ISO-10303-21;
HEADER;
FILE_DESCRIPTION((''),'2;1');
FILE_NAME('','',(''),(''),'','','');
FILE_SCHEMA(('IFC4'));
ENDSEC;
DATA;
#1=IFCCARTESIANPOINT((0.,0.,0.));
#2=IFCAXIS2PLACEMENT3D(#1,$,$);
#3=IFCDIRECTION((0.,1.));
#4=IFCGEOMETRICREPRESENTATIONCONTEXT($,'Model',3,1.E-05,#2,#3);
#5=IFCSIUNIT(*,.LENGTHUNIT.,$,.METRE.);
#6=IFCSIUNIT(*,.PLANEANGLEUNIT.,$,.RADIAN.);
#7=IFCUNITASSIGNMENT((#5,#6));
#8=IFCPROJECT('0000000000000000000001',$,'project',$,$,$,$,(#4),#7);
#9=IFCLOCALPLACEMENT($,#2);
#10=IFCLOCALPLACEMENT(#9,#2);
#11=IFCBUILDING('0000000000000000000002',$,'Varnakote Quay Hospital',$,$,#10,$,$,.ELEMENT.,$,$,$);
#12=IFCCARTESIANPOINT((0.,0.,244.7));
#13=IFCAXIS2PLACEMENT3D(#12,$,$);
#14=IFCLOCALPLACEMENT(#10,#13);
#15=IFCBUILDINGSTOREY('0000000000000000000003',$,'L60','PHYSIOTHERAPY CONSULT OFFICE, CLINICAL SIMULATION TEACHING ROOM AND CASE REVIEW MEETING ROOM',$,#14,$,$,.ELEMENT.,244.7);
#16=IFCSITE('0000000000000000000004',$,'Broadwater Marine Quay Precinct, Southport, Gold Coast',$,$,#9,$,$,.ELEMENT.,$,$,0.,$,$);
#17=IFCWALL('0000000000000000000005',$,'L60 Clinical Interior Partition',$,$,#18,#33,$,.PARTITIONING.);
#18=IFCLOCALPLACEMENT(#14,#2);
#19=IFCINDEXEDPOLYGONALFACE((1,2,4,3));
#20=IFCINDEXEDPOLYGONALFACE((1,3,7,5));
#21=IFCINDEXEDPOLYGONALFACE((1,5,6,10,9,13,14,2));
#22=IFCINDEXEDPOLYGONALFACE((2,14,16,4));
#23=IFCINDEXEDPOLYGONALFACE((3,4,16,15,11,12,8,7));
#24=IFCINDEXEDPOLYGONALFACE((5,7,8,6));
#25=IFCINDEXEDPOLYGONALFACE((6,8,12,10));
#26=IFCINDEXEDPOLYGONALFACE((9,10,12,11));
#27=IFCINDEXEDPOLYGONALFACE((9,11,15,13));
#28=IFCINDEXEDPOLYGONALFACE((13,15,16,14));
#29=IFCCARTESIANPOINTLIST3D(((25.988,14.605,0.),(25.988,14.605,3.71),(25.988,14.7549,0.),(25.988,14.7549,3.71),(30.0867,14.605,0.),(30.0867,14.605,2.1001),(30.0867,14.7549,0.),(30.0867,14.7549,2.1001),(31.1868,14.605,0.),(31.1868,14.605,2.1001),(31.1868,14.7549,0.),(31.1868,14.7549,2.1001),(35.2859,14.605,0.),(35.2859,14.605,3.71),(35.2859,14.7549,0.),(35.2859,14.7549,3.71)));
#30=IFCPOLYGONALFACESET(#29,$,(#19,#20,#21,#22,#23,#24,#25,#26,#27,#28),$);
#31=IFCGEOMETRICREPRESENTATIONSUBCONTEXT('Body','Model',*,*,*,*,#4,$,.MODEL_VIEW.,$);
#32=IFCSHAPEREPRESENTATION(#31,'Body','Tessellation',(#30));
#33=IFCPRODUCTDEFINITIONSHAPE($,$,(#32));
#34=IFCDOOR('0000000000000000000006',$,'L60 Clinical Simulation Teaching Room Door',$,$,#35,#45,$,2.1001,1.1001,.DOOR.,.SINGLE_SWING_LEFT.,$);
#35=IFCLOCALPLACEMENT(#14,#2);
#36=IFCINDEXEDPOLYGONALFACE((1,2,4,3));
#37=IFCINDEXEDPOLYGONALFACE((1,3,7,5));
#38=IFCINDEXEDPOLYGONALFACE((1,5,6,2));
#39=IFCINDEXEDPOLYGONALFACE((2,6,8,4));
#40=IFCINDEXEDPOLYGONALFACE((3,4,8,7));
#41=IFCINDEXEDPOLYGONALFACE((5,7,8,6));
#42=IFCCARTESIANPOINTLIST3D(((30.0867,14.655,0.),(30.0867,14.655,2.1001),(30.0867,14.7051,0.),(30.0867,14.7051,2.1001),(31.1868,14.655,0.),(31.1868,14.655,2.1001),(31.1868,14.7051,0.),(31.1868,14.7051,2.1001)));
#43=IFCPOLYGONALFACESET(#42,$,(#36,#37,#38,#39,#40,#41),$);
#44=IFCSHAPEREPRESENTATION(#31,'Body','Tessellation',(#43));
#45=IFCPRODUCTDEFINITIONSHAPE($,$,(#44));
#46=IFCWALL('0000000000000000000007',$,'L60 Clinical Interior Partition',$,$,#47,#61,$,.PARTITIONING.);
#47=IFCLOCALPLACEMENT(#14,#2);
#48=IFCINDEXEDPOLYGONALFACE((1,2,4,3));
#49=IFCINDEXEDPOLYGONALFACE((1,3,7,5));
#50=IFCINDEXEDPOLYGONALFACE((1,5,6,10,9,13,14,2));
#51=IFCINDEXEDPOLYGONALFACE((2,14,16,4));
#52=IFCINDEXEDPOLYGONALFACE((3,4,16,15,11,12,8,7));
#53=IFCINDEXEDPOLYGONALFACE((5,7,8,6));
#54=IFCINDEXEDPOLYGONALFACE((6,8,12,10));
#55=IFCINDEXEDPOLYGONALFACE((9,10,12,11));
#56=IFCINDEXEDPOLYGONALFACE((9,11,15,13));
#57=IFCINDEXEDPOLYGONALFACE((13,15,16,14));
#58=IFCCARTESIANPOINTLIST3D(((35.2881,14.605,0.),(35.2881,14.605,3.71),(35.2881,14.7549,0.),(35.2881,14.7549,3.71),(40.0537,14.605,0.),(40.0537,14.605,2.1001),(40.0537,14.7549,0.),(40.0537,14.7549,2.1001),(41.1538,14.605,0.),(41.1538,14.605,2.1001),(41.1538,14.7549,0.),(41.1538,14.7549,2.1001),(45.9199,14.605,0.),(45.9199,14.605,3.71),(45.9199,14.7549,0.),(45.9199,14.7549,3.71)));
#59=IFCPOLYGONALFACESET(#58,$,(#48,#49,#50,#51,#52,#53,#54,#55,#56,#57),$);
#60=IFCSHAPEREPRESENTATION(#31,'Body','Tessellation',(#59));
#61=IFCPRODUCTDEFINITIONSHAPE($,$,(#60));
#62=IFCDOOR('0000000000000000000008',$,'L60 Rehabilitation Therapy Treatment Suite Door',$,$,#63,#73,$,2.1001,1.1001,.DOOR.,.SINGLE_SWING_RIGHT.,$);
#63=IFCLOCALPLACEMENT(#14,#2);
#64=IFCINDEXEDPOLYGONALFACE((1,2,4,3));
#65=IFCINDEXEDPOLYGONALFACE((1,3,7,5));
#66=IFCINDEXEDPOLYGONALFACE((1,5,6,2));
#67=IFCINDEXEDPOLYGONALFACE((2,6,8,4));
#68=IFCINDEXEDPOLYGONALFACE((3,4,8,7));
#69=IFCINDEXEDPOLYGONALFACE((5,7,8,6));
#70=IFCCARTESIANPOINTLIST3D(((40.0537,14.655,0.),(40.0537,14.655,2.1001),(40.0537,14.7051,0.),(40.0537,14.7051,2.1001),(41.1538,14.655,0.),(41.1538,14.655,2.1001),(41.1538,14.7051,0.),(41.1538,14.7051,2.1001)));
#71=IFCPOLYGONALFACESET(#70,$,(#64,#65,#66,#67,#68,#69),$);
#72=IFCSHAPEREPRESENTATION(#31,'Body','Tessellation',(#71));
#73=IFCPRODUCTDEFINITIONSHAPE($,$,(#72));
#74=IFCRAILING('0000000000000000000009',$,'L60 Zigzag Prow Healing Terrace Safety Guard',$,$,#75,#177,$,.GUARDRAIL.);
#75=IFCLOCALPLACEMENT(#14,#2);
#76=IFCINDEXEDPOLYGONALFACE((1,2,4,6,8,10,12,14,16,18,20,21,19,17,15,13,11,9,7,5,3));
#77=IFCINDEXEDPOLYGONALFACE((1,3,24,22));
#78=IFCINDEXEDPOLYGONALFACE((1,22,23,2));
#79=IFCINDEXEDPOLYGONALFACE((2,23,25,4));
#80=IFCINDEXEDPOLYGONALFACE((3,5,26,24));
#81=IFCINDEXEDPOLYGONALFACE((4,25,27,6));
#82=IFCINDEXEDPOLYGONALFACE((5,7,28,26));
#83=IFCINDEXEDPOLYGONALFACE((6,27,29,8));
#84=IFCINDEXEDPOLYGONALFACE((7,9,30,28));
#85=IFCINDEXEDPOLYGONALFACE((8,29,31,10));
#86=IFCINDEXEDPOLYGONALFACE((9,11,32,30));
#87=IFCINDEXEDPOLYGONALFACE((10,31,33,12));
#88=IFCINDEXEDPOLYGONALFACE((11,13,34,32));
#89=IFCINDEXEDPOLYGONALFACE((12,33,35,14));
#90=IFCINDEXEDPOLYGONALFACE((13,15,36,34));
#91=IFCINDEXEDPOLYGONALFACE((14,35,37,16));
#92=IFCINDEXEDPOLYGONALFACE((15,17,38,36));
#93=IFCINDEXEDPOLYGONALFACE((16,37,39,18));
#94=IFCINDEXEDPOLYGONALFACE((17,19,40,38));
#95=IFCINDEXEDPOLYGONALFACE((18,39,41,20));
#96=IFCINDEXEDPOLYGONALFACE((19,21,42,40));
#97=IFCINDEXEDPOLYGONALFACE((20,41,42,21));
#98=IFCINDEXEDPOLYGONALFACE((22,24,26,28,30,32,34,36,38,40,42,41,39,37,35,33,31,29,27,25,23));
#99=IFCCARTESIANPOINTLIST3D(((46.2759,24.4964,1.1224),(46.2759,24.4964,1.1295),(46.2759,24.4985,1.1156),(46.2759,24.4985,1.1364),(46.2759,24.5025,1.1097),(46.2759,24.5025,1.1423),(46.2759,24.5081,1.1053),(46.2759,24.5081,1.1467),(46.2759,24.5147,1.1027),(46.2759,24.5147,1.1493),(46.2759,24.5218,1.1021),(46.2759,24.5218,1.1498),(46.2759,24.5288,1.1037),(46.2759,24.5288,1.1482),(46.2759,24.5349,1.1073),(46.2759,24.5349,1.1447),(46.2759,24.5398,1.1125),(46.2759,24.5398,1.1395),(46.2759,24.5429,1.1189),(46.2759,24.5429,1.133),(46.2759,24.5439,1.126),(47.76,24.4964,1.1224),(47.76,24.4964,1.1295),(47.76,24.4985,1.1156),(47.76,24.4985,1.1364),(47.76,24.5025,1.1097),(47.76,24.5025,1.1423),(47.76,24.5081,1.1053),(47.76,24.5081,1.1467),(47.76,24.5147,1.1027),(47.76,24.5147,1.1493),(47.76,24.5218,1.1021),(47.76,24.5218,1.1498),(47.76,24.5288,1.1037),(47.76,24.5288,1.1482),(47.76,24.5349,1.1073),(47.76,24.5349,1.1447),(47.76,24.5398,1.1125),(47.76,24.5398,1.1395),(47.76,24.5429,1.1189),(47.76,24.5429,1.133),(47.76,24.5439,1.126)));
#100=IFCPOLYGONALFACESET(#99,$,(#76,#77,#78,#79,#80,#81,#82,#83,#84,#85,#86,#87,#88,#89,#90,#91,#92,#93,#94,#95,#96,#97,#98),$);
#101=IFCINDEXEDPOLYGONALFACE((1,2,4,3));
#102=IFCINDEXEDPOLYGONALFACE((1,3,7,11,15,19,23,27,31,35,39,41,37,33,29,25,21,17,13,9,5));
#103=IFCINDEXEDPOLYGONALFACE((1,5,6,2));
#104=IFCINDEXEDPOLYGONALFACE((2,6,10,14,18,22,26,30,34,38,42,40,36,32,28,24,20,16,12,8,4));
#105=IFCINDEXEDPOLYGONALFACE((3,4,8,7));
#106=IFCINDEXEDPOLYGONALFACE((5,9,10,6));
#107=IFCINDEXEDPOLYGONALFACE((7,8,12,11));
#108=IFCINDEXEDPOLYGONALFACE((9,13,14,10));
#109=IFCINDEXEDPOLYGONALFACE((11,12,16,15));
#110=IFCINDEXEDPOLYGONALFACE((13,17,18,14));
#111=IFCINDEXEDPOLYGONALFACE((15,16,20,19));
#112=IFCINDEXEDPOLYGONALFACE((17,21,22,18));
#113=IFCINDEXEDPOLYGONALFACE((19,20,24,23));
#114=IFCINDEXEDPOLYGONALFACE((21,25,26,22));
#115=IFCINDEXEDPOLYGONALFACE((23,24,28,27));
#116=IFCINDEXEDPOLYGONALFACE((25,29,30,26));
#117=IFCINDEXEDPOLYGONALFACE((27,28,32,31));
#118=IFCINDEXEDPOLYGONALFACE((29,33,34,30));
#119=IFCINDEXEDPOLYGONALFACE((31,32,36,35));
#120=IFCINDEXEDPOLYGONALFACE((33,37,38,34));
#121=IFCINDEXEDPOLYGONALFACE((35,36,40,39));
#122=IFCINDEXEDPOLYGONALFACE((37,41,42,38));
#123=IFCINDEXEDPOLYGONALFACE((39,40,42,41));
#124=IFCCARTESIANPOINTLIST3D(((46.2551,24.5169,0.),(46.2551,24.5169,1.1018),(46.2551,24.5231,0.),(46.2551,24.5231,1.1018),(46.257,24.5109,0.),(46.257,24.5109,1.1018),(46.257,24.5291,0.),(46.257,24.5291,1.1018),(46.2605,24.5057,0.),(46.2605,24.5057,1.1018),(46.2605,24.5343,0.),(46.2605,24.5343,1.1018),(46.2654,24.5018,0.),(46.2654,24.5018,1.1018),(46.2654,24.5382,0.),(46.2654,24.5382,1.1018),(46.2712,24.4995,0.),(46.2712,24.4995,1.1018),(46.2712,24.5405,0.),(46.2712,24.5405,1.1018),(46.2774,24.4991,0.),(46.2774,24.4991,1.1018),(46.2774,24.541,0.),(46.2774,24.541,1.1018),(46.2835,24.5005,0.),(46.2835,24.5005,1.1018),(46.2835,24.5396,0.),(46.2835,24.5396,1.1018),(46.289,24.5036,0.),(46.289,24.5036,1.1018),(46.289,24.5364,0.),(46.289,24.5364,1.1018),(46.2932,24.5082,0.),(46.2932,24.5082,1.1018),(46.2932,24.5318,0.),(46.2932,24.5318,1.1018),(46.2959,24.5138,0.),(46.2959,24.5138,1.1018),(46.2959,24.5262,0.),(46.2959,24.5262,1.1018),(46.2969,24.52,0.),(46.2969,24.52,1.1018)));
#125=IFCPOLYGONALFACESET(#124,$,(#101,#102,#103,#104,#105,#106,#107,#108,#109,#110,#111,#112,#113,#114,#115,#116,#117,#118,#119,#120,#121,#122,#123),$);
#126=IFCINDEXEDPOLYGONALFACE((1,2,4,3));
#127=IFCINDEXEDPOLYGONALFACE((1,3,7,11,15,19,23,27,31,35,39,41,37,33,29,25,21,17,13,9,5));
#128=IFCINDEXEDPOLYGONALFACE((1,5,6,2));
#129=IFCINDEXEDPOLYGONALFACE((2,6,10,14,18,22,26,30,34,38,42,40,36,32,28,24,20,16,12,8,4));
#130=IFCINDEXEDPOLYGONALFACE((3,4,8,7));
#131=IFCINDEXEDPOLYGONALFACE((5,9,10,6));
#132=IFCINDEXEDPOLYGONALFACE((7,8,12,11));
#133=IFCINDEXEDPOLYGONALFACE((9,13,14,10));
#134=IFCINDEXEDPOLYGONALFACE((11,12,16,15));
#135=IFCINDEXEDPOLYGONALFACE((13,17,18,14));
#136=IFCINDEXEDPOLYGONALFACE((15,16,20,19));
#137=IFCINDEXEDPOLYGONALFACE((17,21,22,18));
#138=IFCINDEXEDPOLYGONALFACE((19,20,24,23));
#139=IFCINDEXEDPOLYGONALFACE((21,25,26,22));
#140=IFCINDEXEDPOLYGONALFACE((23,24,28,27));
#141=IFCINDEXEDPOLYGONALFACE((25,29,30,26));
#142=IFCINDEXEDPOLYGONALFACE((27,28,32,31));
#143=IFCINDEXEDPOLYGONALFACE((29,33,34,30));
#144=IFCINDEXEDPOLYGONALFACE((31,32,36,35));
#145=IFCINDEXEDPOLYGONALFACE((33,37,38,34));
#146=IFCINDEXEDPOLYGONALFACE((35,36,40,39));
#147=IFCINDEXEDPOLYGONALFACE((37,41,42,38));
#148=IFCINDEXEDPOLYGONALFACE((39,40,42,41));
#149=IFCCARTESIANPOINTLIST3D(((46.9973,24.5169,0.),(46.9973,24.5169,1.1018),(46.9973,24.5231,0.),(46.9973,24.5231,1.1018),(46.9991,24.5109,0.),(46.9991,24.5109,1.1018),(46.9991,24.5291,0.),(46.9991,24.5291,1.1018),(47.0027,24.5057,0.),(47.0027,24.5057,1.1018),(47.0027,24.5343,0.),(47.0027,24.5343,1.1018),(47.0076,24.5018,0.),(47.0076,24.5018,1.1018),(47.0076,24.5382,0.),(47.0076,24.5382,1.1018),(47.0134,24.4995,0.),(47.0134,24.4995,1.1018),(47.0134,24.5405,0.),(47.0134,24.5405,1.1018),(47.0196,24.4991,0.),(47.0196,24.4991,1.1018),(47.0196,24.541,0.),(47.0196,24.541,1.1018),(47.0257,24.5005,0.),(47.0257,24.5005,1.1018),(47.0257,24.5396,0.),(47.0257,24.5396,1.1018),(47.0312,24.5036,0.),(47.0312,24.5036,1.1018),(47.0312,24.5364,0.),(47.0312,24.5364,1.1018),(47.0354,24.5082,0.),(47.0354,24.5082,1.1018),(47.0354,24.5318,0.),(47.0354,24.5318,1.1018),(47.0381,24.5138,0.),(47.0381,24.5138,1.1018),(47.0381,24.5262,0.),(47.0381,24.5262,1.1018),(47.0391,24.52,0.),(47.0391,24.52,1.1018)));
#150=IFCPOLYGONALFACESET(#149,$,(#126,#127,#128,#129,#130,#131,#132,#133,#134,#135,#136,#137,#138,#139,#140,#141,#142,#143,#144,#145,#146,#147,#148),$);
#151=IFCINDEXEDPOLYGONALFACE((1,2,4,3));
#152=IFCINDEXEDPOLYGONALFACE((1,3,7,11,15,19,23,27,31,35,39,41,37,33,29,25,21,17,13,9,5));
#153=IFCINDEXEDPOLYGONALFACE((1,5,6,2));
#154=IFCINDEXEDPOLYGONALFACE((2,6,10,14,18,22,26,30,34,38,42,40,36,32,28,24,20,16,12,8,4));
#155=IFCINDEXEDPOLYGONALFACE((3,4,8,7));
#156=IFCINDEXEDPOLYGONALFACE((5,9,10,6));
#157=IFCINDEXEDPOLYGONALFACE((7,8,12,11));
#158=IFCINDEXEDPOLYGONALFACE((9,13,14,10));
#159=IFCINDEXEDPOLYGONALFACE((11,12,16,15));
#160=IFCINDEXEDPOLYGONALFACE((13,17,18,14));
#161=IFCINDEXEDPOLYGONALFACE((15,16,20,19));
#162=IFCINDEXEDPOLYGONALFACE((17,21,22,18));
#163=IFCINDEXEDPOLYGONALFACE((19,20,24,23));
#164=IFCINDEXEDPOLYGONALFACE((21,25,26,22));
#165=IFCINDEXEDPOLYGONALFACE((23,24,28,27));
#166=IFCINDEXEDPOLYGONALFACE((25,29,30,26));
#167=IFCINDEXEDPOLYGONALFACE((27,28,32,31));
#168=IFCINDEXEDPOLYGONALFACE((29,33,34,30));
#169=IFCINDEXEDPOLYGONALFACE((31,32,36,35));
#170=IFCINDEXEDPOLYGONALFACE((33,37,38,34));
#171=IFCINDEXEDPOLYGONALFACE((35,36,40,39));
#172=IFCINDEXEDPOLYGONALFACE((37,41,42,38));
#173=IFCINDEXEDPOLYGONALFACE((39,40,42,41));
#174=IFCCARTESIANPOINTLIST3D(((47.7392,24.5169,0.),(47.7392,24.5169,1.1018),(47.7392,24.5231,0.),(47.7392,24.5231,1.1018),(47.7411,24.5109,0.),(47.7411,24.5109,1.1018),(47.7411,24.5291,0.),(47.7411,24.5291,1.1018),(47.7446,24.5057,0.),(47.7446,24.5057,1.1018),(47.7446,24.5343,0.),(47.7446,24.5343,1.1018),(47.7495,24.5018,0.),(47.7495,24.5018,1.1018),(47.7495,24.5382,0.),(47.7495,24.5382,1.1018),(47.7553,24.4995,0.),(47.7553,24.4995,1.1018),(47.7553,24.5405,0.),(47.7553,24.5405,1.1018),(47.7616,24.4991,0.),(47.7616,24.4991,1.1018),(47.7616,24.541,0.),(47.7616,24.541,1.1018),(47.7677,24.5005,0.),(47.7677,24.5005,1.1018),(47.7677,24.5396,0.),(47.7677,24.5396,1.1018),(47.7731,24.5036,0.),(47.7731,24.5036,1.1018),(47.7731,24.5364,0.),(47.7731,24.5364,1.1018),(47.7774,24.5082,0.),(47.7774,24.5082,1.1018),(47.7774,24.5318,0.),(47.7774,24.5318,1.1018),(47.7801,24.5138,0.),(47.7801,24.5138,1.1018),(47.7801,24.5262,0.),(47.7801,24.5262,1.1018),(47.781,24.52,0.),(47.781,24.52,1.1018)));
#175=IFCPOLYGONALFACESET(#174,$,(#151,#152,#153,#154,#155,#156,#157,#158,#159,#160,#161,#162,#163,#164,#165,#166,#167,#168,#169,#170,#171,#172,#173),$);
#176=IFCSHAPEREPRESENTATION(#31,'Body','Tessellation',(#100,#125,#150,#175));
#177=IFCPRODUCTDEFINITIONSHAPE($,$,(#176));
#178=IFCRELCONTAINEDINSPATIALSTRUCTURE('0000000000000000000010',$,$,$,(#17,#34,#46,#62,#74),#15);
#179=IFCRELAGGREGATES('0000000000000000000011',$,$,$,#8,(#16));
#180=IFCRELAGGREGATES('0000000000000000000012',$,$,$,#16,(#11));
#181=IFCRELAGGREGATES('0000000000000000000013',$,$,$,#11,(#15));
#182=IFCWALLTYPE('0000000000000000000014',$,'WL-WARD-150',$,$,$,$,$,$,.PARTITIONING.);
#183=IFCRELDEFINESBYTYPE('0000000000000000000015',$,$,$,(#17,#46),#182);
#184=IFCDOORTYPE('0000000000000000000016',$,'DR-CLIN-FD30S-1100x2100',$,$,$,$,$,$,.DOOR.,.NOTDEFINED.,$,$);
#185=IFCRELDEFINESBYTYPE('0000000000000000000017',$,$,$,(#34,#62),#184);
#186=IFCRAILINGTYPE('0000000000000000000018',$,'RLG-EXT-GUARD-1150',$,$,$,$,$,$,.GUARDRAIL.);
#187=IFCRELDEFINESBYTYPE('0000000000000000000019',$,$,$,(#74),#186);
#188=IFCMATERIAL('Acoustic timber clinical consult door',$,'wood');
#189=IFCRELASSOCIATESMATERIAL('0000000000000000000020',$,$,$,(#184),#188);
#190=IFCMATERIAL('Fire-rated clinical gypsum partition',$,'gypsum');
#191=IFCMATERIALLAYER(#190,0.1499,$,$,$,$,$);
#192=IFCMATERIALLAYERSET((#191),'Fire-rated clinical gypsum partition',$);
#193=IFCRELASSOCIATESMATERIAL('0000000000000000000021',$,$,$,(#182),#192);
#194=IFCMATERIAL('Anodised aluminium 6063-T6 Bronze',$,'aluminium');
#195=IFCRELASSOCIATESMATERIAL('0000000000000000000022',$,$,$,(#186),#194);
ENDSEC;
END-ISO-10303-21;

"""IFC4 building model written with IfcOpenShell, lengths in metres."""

from ifc_helpers import new_model, si_unit, direction, frame, frame_2d, origin, origin_2d, place, context, subcontext, project, spatial, rectangle, circle, extrude, material, layer, layer_set, type_object, element, fill, save


model = new_model("IFC4")

# Units and contexts
model_context = context("Model", 3, precision=1e-05, world=origin(), true_north=direction((0.0, 1.0)))
body_context = subcontext(model_context, "Body", "Model", "MODEL_VIEW")
ifc_project = project(units=[si_unit("LENGTHUNIT", "METRE"), si_unit("PLANEANGLEUNIT", "RADIAN")], contexts=[model_context])

# Site, building, storey
site_placement = place(None, origin())
site = spatial("IfcSite", under=ifc_project, at=site_placement, Name="Broadwater Marine Quay Precinct, Southport, Gold Coast", CompositionType="ELEMENT", RefElevation=0.0)
building_placement = place(site_placement, origin())
building = spatial("IfcBuilding", under=site, at=building_placement, Name="Varnakote Quay Hospital", CompositionType="ELEMENT")
storey_placement = place(building_placement, frame((0.0, 0.0, 244.7)))
storey = spatial("IfcBuildingStorey", under=building, at=storey_placement, Name="L60", Description="PHYSIOTHERAPY CONSULT OFFICE, CLINICAL SIMULATION TEACHING ROOM AND CASE REVIEW MEETING ROOM", CompositionType="ELEMENT", Elevation=244.7)

# Shared definitions
ifc_material_1 = material(Name="Acoustic timber clinical consult door", Category="wood")
door_type = type_object("IfcDoorType", Name="DR-CLIN-FD30S-1100x2100", OperationType="NOTDEFINED", PredefinedType="DOOR", material=ifc_material_1)

# Walls, openings, doors
ifc_material_2 = material(Name="Fire-rated clinical gypsum partition", Category="gypsum")
ifc_layer_1 = layer(ifc_material_2, 0.1499)
ifc_layer_set_1 = layer_set([ifc_layer_1], Name="Fire-rated clinical gypsum partition")
wall_type_1 = type_object("IfcWallType", Name="WL-WARD-150", PredefinedType="PARTITIONING", material=ifc_layer_set_1)
wall_1_placement = place(storey_placement, frame((35.2859, 14.6799, 0.0), z_axis=(0.0, 0.0, 1.0), x_axis=(-1.0, 0.0, 0.0)))
wall_1 = element("IfcWall", 1, at=wall_1_placement, inside=storey, type_object=wall_type_1, Name="L60 Clinical Interior Partition", PredefinedType="PARTITIONING", context=body_context, shape_type="SweptSolid", body=[
    extrude(rectangle(XDim=9.2979, YDim=0.1499, at=frame_2d((4.6489, 0.0))), origin(), (0.0, 0.0, 1.0), 3.71),
])
opening_1_placement = place(wall_1_placement, frame((4.0991, 0.0, 0.0)))
opening_1 = element("IfcOpeningElement", 2, at=opening_1_placement, cuts=wall_1, PredefinedType="OPENING", context=body_context, shape_type="SweptSolid", body=[
    extrude(rectangle(XDim=1.1001, YDim=2.1001, at=frame_2d((0.55, 1.05))), frame((0.0, 0.085, 0.0), z_axis=(0.0, -1.0, 0.0), x_axis=(1.0, 0.0, 0.0)), (0.0, 0.0, 1.0), 0.1699),
])
door_1_placement = place(opening_1_placement, origin())
door_1 = element("IfcDoor", 3, at=door_1_placement, inside=storey, type_object=door_type, Name="L60 Clinical Simulation Teaching Room Door", OperationType="SINGLE_SWING_LEFT", OverallHeight=2.1001, OverallWidth=1.1001, PredefinedType="DOOR", context=body_context, shape_type="SweptSolid", body=[
    extrude(rectangle(XDim=1.1001, YDim=2.1001, at=frame_2d((0.55, 1.05))), frame((0.0, 0.0249, 0.0), z_axis=(0.0, -1.0, 0.0), x_axis=(1.0, 0.0, 0.0)), (0.0, 0.0, 1.0), 0.05),
])
fill(opening_1, door_1)
wall_2_placement = place(storey_placement, frame((45.9199, 14.6799, 0.0), z_axis=(0.0, 0.0, 1.0), x_axis=(-1.0, 0.0, 0.0)))
wall_2 = element("IfcWall", 4, at=wall_2_placement, inside=storey, type_object=wall_type_1, Name="L60 Clinical Interior Partition", PredefinedType="PARTITIONING", context=body_context, shape_type="SweptSolid", body=[
    extrude(rectangle(XDim=10.6318, YDim=0.1499, at=frame_2d((5.3159, 0.0))), origin(), (0.0, 0.0, 1.0), 3.71),
])
opening_2_placement = place(wall_2_placement, frame((4.7661, 0.0, 0.0)))
opening_2 = element("IfcOpeningElement", 5, at=opening_2_placement, cuts=wall_2, PredefinedType="OPENING", context=body_context, shape_type="SweptSolid", body=[
    extrude(rectangle(XDim=1.1001, YDim=2.1001, at=frame_2d((0.55, 1.05))), frame((0.0, 0.085, 0.0), z_axis=(0.0, -1.0, 0.0), x_axis=(1.0, 0.0, 0.0)), (0.0, 0.0, 1.0), 0.1699),
])
door_2_placement = place(opening_2_placement, origin())
door_2 = element("IfcDoor", 6, at=door_2_placement, inside=storey, type_object=door_type, Name="L60 Rehabilitation Therapy Treatment Suite Door", OperationType="SINGLE_SWING_RIGHT", OverallHeight=2.1001, OverallWidth=1.1001, PredefinedType="DOOR", context=body_context, shape_type="SweptSolid", body=[
    extrude(rectangle(XDim=1.1001, YDim=2.1001, at=frame_2d((0.55, 1.05))), frame((0.0, 0.0249, 0.0), z_axis=(0.0, -1.0, 0.0), x_axis=(1.0, 0.0, 0.0)), (0.0, 0.0, 1.0), 0.05),
])
fill(opening_2, door_2)

# Railing
ifc_material_3 = material(Name="Anodised aluminium 6063-T6 Bronze", Category="aluminium")
railing_type = type_object("IfcRailingType", Name="RLG-EXT-GUARD-1150", PredefinedType="GUARDRAIL", material=ifc_material_3)
railing_1_placement = place(storey_placement, frame((46.2759, 24.52, 0.0)))
element("IfcRailing", 7, at=railing_1_placement, inside=storey, type_object=railing_type, Name="L60 Zigzag Prow Healing Terrace Safety Guard", PredefinedType="GUARDRAIL", context=body_context, shape_type="SweptSolid", body=[
    extrude(circle(Radius=0.0239, at=origin_2d()), frame((0.0, 0.0, 1.126), z_axis=(1.0, 0.0, 0.0), x_axis=(0.0, 1.0, 0.0)), (0.0, 0.0, 1.0), 1.4841),
    extrude(circle(Radius=0.021, at=origin_2d()), origin(), (0.0, 0.0, 1.0), 1.1018),
    extrude(circle(Radius=0.021, at=origin_2d()), frame((0.7422, 0.0, 0.0)), (0.0, 0.0, 1.0), 1.1018),
    extrude(circle(Radius=0.021, at=origin_2d()), frame((1.4841, 0.0, 0.0)), (0.0, 0.0, 1.0), 1.1018),
])

save(model, "model.ifc")
